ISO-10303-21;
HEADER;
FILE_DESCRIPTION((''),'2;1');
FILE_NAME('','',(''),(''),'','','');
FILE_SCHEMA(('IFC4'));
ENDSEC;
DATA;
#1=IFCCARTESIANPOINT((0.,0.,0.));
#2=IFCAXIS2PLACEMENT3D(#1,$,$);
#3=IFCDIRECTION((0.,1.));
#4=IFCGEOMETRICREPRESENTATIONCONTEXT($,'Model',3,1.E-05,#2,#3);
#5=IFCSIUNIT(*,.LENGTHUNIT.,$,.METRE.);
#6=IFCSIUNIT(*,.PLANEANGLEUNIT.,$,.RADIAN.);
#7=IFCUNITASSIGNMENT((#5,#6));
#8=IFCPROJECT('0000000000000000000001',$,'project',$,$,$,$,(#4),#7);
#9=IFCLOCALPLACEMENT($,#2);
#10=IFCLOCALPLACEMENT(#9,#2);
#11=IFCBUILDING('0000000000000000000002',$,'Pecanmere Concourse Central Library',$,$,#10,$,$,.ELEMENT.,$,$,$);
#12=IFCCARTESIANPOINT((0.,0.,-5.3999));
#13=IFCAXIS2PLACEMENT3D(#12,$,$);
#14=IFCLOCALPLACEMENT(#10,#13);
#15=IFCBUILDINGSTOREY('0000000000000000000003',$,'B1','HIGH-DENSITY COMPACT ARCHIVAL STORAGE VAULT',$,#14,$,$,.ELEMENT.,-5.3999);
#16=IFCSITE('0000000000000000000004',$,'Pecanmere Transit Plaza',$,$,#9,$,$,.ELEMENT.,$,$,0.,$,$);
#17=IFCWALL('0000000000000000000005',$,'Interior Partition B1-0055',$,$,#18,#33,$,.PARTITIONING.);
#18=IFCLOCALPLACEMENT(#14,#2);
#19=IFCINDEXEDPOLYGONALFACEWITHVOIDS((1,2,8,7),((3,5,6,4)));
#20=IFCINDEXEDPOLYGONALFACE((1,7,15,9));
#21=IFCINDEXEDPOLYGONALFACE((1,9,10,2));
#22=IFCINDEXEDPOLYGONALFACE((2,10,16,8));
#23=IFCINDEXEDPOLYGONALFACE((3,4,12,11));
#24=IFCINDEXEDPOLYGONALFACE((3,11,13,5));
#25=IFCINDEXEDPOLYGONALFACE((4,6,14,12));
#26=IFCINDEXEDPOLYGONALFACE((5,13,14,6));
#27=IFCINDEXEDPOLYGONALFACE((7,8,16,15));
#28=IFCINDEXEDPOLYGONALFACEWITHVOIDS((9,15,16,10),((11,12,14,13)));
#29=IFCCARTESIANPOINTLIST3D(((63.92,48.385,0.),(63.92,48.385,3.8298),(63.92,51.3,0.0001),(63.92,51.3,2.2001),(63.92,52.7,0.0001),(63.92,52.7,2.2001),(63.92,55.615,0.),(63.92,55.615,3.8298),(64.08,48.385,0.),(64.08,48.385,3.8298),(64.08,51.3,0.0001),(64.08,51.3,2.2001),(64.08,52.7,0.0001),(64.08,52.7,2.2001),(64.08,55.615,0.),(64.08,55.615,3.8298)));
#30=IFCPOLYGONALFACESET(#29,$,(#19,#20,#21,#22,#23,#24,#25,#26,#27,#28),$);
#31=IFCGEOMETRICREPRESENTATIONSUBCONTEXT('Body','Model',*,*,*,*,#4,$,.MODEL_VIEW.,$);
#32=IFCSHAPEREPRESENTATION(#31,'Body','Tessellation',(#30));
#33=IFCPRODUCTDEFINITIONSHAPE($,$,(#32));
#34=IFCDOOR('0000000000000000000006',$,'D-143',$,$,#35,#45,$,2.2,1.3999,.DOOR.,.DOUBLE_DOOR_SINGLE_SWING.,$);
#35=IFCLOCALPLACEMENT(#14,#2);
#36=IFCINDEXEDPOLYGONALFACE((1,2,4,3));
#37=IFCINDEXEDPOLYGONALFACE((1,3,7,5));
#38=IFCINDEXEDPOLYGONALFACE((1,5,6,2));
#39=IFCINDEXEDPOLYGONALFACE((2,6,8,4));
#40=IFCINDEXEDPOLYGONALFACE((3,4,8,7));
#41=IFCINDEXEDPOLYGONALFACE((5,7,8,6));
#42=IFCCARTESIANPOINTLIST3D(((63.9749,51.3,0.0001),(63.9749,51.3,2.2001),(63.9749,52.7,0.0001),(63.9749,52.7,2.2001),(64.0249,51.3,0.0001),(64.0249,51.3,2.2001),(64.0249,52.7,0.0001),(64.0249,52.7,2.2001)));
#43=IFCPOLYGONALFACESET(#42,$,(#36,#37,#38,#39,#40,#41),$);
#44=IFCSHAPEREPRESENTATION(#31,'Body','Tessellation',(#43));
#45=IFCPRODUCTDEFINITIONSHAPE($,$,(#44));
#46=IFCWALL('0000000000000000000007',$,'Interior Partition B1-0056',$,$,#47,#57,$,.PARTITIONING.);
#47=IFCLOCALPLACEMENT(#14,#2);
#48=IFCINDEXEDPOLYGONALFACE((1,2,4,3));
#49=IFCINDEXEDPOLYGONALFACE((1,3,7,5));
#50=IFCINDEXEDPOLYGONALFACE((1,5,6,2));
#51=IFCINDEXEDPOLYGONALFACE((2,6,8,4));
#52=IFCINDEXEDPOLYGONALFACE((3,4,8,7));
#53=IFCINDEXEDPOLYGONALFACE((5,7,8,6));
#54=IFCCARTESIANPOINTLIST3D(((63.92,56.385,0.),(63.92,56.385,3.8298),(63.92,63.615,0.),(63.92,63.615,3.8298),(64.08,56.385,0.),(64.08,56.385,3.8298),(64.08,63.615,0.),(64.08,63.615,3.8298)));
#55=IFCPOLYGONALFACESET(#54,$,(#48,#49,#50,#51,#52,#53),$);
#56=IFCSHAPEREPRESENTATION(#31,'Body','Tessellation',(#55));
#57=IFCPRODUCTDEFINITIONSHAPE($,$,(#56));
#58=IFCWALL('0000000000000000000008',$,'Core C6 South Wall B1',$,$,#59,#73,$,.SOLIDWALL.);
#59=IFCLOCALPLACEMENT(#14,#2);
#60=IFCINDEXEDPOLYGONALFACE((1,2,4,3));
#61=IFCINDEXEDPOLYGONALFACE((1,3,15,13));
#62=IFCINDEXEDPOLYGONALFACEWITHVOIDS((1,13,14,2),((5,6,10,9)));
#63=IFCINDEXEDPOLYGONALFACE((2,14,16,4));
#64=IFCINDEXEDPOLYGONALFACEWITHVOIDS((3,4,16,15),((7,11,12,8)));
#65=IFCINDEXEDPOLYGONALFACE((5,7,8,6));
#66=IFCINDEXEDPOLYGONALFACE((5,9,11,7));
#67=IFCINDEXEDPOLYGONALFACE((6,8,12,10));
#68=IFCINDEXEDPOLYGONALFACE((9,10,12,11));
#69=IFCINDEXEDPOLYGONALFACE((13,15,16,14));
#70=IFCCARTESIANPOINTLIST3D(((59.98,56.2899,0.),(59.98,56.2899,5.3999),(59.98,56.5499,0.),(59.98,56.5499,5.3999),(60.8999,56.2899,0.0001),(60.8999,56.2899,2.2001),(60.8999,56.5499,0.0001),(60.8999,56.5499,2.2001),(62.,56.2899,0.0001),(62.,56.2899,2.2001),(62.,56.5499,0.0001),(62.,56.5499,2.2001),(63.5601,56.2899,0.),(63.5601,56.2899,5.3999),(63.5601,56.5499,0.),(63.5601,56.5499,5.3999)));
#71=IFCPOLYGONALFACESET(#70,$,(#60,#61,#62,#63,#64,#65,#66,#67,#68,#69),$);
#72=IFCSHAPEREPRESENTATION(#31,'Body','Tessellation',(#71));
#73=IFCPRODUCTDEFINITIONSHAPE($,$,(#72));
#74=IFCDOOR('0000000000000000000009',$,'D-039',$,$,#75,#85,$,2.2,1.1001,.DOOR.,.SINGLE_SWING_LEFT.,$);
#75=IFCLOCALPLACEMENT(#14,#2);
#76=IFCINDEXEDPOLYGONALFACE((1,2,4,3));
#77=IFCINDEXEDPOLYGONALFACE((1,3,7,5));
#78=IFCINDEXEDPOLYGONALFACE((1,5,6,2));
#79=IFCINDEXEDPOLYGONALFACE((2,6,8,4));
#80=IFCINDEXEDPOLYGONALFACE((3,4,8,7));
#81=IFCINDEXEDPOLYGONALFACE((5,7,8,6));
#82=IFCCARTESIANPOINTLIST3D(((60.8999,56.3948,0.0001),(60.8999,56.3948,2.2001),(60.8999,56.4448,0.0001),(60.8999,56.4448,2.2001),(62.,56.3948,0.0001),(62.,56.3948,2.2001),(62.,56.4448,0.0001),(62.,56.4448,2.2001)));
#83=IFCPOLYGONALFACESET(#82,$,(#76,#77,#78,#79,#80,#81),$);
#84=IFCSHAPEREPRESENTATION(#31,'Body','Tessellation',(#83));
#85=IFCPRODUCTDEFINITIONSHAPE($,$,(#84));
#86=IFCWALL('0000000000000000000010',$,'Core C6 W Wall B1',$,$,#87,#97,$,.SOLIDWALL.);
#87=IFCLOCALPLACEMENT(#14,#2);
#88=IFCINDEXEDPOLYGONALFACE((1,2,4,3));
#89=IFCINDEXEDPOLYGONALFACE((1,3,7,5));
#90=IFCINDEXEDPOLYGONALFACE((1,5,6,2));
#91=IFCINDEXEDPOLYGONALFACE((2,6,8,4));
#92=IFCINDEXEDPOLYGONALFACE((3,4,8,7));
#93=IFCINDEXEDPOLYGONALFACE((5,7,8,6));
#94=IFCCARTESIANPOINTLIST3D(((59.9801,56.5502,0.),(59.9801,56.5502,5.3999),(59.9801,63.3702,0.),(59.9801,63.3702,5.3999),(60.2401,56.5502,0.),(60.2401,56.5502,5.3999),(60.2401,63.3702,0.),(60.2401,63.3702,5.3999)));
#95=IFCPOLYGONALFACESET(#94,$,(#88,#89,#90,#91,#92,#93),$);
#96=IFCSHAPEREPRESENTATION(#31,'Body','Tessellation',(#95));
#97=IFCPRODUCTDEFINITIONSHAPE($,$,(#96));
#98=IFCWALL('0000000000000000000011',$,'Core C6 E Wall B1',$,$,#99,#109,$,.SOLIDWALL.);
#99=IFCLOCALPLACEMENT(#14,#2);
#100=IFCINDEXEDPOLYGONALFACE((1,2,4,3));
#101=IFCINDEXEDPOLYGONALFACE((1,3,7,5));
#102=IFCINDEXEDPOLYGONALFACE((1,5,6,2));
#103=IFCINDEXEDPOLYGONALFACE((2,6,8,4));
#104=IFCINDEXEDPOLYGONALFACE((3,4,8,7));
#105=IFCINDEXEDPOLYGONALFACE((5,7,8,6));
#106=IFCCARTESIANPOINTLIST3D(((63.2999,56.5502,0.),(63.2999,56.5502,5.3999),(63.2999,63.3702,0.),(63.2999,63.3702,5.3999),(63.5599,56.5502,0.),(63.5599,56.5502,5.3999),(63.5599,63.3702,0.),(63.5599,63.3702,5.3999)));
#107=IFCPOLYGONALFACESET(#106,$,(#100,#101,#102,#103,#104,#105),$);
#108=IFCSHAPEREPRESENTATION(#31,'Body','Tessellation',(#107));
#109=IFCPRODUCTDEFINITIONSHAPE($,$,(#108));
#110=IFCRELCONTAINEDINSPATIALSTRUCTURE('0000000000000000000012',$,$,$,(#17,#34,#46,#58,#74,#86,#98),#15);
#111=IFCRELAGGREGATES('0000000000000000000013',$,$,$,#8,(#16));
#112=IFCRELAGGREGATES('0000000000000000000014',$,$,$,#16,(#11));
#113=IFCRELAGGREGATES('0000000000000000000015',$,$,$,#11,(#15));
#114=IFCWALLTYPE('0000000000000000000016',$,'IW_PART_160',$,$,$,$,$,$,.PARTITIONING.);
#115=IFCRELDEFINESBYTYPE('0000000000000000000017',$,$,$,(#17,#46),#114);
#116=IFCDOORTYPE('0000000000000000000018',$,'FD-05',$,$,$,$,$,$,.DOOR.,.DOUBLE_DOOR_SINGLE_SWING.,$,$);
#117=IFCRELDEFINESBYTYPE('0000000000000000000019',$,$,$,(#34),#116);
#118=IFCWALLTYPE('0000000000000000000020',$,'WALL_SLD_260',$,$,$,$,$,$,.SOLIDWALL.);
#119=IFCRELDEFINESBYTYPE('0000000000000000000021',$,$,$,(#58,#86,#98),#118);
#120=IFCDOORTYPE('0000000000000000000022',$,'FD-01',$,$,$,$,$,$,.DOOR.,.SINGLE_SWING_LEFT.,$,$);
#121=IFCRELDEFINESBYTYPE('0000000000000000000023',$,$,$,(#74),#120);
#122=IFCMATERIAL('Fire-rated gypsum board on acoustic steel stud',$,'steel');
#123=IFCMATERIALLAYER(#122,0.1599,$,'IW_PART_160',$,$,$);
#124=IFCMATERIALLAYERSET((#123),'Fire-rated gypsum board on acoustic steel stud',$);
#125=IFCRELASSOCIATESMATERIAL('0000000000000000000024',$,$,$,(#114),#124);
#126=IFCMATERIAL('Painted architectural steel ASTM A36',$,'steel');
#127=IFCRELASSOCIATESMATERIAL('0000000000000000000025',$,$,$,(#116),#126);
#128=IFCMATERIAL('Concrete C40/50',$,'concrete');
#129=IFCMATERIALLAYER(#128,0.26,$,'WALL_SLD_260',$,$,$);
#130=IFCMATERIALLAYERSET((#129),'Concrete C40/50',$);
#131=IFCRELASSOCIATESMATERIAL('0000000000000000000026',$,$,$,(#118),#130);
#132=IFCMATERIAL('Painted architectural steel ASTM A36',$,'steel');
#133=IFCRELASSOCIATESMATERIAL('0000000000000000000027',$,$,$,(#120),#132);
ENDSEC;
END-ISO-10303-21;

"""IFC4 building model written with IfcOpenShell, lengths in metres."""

from ifc_helpers import new_model, si_unit, direction, frame, frame_2d, origin, place, context, subcontext, project, spatial, rectangle, extrude, material, layer, layer_set, type_object, element, fill, save


model = new_model("IFC4")

# Units and contexts
model_context = context("Model", 3, precision=1e-05, world=origin(), true_north=direction((0.0, 1.0)))
body_context = subcontext(model_context, "Body", "Model", "MODEL_VIEW")
ifc_project = project(units=[si_unit("LENGTHUNIT", "METRE"), si_unit("PLANEANGLEUNIT", "RADIAN")], contexts=[model_context])

# Site, building, storey
site_placement = place(None, origin())
site = spatial("IfcSite", under=ifc_project, at=site_placement, Name="Pecanmere Transit Plaza", CompositionType="ELEMENT", RefElevation=0.0)
building_placement = place(site_placement, origin())
building = spatial("IfcBuilding", under=site, at=building_placement, Name="Pecanmere Concourse Central Library", CompositionType="ELEMENT")
storey_placement = place(building_placement, frame((0.0, 0.0, -5.3999)))
storey = spatial("IfcBuildingStorey", under=building, at=storey_placement, Name="B1", Description="HIGH-DENSITY COMPACT ARCHIVAL STORAGE VAULT", CompositionType="ELEMENT", Elevation=-5.3999)

# Wall, opening, door
ifc_material_1 = material(Name="Fire-rated gypsum board on acoustic steel stud", Category="steel")
ifc_layer_1 = layer(ifc_material_1, 0.1599, Name="IW_PART_160")
ifc_layer_set_1 = layer_set([ifc_layer_1], Name="Fire-rated gypsum board on acoustic steel stud")
wall_type_1 = type_object("IfcWallType", Name="IW_PART_160", PredefinedType="PARTITIONING", material=ifc_layer_set_1)
wall_1_placement = place(storey_placement, frame((64.0, 48.385, 0.0), z_axis=(0.0, 0.0, 1.0), x_axis=(0.0, 1.0, 0.0)))
wall_1 = element("IfcWall", 1, at=wall_1_placement, inside=storey, type_object=wall_type_1, Name="Interior Partition B1-0055", PredefinedType="PARTITIONING", context=body_context, shape_type="SweptSolid", body=[
    extrude(rectangle(XDim=7.23, YDim=0.1599, at=frame_2d((3.615, 0.0))), origin(), (0.0, 0.0, 1.0), 3.8298),
])
opening_1_placement = place(wall_1_placement, frame((2.915, 0.0, 0.0)))
opening_1 = element("IfcOpeningElement", 2, at=opening_1_placement, cuts=wall_1, PredefinedType="OPENING", context=body_context, shape_type="SweptSolid", body=[
    extrude(rectangle(XDim=1.3999, YDim=2.2, at=frame_2d((0.7, 1.1001))), frame((0.0, 0.0918, 0.0), z_axis=(0.0, -1.0, 0.0), x_axis=(1.0, 0.0, 0.0)), (0.0, 0.0, 1.0), 0.1838),
])
ifc_material_2 = material(Name="Painted architectural steel ASTM A36", Category="steel")
door_type_1 = type_object("IfcDoorType", Name="FD-05", OperationType="DOUBLE_DOOR_SINGLE_SWING", PredefinedType="DOOR", material=ifc_material_2)
door_1_placement = place(opening_1_placement, frame((1.3999, 0.0, 0.0), z_axis=(0.0, 0.0, 1.0), x_axis=(-1.0, 0.0, 0.0)))
door_1 = element("IfcDoor", 3, at=door_1_placement, inside=storey, type_object=door_type_1, Name="D-143", OperationType="DOUBLE_DOOR_SINGLE_SWING", OverallHeight=2.2, OverallWidth=1.3999, PredefinedType="DOOR", context=body_context, shape_type="SweptSolid", body=[
    extrude(rectangle(XDim=1.3999, YDim=2.2, at=frame_2d((0.7, 1.1001))), frame((0.0, 0.0249, 0.0), z_axis=(0.0, -1.0, 0.0), x_axis=(1.0, 0.0, 0.0)), (0.0, 0.0, 1.0), 0.05),
])
fill(opening_1, door_1)

# Wall
wall_2_placement = place(storey_placement, frame((64.0, 56.385, 0.0), z_axis=(0.0, 0.0, 1.0), x_axis=(0.0, 1.0, 0.0)))
element("IfcWall", 4, at=wall_2_placement, inside=storey, type_object=wall_type_1, Name="Interior Partition B1-0056", PredefinedType="PARTITIONING", context=body_context, shape_type="SweptSolid", body=[
    extrude(rectangle(XDim=7.23, YDim=0.1599, at=frame_2d((3.615, 0.0))), origin(), (0.0, 0.0, 1.0), 3.8298),
])

# Wall, opening, door
ifc_material_3 = material(Name="Concrete C40/50", Category="concrete")
ifc_layer_2 = layer(ifc_material_3, 0.26, Name="WALL_SLD_260")
ifc_layer_set_2 = layer_set([ifc_layer_2], Name="Concrete C40/50")
wall_type_2 = type_object("IfcWallType", Name="WALL_SLD_260", PredefinedType="SOLIDWALL", material=ifc_layer_set_2)
wall_3_placement = place(storey_placement, frame((59.98, 56.4199, 0.0), z_axis=(0.0, 0.0, 1.0), x_axis=(1.0, 0.0, 0.0)))
wall_3 = element("IfcWall", 5, at=wall_3_placement, inside=storey, type_object=wall_type_2, Name="Core C6 South Wall B1", PredefinedType="SOLIDWALL", context=body_context, shape_type="SweptSolid", body=[
    extrude(rectangle(XDim=3.5801, YDim=0.26, at=frame_2d((1.79, 0.0))), origin(), (0.0, 0.0, 1.0), 5.3999),
])
opening_2_placement = place(wall_3_placement, frame((0.9199, 0.0, 0.0)))
opening_2 = element("IfcOpeningElement", 6, at=opening_2_placement, cuts=wall_3, PredefinedType="OPENING", context=body_context, shape_type="SweptSolid", body=[
    extrude(rectangle(XDim=1.1001, YDim=2.2, at=frame_2d((0.55, 1.1001))), frame((0.0, 0.1421, 0.0), z_axis=(0.0, -1.0, 0.0), x_axis=(1.0, 0.0, 0.0)), (0.0, 0.0, 1.0), 0.2839),
])
ifc_material_4 = material(Name="Painted architectural steel ASTM A36", Category="steel")
door_type_2 = type_object("IfcDoorType", Name="FD-01", OperationType="SINGLE_SWING_LEFT", PredefinedType="DOOR", material=ifc_material_4)
door_2_placement = place(opening_2_placement, origin())
door_2 = element("IfcDoor", 7, at=door_2_placement, inside=storey, type_object=door_type_2, Name="D-039", OperationType="SINGLE_SWING_LEFT", OverallHeight=2.2, OverallWidth=1.1001, PredefinedType="DOOR", context=body_context, shape_type="SweptSolid", body=[
    extrude(rectangle(XDim=1.1001, YDim=2.2, at=frame_2d((0.55, 1.1001))), frame((0.0, 0.0249, 0.0), z_axis=(0.0, -1.0, 0.0), x_axis=(1.0, 0.0, 0.0)), (0.0, 0.0, 1.0), 0.05),
])
fill(opening_2, door_2)

# Walls
for number, where, z_axis, x_axis, name in (
    (8, (60.1101, 56.55, 0.0), (0.0, 0.0, 1.0), (0.0, 1.0, 0.0), "Core C6 W Wall B1"),
    (9, (63.4299, 56.55, 0.0), (0.0, 0.0, 1.0), (0.0, 1.0, 0.0), "Core C6 E Wall B1"),
):
    element("IfcWall", number, at=place(storey_placement, frame(where, z_axis=z_axis, x_axis=x_axis)), inside=storey, type_object=wall_type_2, Name=name, PredefinedType="SOLIDWALL", context=body_context, shape_type="SweptSolid", body=[
        extrude(rectangle(XDim=6.8201, YDim=0.26, at=frame_2d((3.4102, 0.0))), origin(), (0.0, 0.0, 1.0), 5.3999),
    ])

save(model, "model.ifc")
